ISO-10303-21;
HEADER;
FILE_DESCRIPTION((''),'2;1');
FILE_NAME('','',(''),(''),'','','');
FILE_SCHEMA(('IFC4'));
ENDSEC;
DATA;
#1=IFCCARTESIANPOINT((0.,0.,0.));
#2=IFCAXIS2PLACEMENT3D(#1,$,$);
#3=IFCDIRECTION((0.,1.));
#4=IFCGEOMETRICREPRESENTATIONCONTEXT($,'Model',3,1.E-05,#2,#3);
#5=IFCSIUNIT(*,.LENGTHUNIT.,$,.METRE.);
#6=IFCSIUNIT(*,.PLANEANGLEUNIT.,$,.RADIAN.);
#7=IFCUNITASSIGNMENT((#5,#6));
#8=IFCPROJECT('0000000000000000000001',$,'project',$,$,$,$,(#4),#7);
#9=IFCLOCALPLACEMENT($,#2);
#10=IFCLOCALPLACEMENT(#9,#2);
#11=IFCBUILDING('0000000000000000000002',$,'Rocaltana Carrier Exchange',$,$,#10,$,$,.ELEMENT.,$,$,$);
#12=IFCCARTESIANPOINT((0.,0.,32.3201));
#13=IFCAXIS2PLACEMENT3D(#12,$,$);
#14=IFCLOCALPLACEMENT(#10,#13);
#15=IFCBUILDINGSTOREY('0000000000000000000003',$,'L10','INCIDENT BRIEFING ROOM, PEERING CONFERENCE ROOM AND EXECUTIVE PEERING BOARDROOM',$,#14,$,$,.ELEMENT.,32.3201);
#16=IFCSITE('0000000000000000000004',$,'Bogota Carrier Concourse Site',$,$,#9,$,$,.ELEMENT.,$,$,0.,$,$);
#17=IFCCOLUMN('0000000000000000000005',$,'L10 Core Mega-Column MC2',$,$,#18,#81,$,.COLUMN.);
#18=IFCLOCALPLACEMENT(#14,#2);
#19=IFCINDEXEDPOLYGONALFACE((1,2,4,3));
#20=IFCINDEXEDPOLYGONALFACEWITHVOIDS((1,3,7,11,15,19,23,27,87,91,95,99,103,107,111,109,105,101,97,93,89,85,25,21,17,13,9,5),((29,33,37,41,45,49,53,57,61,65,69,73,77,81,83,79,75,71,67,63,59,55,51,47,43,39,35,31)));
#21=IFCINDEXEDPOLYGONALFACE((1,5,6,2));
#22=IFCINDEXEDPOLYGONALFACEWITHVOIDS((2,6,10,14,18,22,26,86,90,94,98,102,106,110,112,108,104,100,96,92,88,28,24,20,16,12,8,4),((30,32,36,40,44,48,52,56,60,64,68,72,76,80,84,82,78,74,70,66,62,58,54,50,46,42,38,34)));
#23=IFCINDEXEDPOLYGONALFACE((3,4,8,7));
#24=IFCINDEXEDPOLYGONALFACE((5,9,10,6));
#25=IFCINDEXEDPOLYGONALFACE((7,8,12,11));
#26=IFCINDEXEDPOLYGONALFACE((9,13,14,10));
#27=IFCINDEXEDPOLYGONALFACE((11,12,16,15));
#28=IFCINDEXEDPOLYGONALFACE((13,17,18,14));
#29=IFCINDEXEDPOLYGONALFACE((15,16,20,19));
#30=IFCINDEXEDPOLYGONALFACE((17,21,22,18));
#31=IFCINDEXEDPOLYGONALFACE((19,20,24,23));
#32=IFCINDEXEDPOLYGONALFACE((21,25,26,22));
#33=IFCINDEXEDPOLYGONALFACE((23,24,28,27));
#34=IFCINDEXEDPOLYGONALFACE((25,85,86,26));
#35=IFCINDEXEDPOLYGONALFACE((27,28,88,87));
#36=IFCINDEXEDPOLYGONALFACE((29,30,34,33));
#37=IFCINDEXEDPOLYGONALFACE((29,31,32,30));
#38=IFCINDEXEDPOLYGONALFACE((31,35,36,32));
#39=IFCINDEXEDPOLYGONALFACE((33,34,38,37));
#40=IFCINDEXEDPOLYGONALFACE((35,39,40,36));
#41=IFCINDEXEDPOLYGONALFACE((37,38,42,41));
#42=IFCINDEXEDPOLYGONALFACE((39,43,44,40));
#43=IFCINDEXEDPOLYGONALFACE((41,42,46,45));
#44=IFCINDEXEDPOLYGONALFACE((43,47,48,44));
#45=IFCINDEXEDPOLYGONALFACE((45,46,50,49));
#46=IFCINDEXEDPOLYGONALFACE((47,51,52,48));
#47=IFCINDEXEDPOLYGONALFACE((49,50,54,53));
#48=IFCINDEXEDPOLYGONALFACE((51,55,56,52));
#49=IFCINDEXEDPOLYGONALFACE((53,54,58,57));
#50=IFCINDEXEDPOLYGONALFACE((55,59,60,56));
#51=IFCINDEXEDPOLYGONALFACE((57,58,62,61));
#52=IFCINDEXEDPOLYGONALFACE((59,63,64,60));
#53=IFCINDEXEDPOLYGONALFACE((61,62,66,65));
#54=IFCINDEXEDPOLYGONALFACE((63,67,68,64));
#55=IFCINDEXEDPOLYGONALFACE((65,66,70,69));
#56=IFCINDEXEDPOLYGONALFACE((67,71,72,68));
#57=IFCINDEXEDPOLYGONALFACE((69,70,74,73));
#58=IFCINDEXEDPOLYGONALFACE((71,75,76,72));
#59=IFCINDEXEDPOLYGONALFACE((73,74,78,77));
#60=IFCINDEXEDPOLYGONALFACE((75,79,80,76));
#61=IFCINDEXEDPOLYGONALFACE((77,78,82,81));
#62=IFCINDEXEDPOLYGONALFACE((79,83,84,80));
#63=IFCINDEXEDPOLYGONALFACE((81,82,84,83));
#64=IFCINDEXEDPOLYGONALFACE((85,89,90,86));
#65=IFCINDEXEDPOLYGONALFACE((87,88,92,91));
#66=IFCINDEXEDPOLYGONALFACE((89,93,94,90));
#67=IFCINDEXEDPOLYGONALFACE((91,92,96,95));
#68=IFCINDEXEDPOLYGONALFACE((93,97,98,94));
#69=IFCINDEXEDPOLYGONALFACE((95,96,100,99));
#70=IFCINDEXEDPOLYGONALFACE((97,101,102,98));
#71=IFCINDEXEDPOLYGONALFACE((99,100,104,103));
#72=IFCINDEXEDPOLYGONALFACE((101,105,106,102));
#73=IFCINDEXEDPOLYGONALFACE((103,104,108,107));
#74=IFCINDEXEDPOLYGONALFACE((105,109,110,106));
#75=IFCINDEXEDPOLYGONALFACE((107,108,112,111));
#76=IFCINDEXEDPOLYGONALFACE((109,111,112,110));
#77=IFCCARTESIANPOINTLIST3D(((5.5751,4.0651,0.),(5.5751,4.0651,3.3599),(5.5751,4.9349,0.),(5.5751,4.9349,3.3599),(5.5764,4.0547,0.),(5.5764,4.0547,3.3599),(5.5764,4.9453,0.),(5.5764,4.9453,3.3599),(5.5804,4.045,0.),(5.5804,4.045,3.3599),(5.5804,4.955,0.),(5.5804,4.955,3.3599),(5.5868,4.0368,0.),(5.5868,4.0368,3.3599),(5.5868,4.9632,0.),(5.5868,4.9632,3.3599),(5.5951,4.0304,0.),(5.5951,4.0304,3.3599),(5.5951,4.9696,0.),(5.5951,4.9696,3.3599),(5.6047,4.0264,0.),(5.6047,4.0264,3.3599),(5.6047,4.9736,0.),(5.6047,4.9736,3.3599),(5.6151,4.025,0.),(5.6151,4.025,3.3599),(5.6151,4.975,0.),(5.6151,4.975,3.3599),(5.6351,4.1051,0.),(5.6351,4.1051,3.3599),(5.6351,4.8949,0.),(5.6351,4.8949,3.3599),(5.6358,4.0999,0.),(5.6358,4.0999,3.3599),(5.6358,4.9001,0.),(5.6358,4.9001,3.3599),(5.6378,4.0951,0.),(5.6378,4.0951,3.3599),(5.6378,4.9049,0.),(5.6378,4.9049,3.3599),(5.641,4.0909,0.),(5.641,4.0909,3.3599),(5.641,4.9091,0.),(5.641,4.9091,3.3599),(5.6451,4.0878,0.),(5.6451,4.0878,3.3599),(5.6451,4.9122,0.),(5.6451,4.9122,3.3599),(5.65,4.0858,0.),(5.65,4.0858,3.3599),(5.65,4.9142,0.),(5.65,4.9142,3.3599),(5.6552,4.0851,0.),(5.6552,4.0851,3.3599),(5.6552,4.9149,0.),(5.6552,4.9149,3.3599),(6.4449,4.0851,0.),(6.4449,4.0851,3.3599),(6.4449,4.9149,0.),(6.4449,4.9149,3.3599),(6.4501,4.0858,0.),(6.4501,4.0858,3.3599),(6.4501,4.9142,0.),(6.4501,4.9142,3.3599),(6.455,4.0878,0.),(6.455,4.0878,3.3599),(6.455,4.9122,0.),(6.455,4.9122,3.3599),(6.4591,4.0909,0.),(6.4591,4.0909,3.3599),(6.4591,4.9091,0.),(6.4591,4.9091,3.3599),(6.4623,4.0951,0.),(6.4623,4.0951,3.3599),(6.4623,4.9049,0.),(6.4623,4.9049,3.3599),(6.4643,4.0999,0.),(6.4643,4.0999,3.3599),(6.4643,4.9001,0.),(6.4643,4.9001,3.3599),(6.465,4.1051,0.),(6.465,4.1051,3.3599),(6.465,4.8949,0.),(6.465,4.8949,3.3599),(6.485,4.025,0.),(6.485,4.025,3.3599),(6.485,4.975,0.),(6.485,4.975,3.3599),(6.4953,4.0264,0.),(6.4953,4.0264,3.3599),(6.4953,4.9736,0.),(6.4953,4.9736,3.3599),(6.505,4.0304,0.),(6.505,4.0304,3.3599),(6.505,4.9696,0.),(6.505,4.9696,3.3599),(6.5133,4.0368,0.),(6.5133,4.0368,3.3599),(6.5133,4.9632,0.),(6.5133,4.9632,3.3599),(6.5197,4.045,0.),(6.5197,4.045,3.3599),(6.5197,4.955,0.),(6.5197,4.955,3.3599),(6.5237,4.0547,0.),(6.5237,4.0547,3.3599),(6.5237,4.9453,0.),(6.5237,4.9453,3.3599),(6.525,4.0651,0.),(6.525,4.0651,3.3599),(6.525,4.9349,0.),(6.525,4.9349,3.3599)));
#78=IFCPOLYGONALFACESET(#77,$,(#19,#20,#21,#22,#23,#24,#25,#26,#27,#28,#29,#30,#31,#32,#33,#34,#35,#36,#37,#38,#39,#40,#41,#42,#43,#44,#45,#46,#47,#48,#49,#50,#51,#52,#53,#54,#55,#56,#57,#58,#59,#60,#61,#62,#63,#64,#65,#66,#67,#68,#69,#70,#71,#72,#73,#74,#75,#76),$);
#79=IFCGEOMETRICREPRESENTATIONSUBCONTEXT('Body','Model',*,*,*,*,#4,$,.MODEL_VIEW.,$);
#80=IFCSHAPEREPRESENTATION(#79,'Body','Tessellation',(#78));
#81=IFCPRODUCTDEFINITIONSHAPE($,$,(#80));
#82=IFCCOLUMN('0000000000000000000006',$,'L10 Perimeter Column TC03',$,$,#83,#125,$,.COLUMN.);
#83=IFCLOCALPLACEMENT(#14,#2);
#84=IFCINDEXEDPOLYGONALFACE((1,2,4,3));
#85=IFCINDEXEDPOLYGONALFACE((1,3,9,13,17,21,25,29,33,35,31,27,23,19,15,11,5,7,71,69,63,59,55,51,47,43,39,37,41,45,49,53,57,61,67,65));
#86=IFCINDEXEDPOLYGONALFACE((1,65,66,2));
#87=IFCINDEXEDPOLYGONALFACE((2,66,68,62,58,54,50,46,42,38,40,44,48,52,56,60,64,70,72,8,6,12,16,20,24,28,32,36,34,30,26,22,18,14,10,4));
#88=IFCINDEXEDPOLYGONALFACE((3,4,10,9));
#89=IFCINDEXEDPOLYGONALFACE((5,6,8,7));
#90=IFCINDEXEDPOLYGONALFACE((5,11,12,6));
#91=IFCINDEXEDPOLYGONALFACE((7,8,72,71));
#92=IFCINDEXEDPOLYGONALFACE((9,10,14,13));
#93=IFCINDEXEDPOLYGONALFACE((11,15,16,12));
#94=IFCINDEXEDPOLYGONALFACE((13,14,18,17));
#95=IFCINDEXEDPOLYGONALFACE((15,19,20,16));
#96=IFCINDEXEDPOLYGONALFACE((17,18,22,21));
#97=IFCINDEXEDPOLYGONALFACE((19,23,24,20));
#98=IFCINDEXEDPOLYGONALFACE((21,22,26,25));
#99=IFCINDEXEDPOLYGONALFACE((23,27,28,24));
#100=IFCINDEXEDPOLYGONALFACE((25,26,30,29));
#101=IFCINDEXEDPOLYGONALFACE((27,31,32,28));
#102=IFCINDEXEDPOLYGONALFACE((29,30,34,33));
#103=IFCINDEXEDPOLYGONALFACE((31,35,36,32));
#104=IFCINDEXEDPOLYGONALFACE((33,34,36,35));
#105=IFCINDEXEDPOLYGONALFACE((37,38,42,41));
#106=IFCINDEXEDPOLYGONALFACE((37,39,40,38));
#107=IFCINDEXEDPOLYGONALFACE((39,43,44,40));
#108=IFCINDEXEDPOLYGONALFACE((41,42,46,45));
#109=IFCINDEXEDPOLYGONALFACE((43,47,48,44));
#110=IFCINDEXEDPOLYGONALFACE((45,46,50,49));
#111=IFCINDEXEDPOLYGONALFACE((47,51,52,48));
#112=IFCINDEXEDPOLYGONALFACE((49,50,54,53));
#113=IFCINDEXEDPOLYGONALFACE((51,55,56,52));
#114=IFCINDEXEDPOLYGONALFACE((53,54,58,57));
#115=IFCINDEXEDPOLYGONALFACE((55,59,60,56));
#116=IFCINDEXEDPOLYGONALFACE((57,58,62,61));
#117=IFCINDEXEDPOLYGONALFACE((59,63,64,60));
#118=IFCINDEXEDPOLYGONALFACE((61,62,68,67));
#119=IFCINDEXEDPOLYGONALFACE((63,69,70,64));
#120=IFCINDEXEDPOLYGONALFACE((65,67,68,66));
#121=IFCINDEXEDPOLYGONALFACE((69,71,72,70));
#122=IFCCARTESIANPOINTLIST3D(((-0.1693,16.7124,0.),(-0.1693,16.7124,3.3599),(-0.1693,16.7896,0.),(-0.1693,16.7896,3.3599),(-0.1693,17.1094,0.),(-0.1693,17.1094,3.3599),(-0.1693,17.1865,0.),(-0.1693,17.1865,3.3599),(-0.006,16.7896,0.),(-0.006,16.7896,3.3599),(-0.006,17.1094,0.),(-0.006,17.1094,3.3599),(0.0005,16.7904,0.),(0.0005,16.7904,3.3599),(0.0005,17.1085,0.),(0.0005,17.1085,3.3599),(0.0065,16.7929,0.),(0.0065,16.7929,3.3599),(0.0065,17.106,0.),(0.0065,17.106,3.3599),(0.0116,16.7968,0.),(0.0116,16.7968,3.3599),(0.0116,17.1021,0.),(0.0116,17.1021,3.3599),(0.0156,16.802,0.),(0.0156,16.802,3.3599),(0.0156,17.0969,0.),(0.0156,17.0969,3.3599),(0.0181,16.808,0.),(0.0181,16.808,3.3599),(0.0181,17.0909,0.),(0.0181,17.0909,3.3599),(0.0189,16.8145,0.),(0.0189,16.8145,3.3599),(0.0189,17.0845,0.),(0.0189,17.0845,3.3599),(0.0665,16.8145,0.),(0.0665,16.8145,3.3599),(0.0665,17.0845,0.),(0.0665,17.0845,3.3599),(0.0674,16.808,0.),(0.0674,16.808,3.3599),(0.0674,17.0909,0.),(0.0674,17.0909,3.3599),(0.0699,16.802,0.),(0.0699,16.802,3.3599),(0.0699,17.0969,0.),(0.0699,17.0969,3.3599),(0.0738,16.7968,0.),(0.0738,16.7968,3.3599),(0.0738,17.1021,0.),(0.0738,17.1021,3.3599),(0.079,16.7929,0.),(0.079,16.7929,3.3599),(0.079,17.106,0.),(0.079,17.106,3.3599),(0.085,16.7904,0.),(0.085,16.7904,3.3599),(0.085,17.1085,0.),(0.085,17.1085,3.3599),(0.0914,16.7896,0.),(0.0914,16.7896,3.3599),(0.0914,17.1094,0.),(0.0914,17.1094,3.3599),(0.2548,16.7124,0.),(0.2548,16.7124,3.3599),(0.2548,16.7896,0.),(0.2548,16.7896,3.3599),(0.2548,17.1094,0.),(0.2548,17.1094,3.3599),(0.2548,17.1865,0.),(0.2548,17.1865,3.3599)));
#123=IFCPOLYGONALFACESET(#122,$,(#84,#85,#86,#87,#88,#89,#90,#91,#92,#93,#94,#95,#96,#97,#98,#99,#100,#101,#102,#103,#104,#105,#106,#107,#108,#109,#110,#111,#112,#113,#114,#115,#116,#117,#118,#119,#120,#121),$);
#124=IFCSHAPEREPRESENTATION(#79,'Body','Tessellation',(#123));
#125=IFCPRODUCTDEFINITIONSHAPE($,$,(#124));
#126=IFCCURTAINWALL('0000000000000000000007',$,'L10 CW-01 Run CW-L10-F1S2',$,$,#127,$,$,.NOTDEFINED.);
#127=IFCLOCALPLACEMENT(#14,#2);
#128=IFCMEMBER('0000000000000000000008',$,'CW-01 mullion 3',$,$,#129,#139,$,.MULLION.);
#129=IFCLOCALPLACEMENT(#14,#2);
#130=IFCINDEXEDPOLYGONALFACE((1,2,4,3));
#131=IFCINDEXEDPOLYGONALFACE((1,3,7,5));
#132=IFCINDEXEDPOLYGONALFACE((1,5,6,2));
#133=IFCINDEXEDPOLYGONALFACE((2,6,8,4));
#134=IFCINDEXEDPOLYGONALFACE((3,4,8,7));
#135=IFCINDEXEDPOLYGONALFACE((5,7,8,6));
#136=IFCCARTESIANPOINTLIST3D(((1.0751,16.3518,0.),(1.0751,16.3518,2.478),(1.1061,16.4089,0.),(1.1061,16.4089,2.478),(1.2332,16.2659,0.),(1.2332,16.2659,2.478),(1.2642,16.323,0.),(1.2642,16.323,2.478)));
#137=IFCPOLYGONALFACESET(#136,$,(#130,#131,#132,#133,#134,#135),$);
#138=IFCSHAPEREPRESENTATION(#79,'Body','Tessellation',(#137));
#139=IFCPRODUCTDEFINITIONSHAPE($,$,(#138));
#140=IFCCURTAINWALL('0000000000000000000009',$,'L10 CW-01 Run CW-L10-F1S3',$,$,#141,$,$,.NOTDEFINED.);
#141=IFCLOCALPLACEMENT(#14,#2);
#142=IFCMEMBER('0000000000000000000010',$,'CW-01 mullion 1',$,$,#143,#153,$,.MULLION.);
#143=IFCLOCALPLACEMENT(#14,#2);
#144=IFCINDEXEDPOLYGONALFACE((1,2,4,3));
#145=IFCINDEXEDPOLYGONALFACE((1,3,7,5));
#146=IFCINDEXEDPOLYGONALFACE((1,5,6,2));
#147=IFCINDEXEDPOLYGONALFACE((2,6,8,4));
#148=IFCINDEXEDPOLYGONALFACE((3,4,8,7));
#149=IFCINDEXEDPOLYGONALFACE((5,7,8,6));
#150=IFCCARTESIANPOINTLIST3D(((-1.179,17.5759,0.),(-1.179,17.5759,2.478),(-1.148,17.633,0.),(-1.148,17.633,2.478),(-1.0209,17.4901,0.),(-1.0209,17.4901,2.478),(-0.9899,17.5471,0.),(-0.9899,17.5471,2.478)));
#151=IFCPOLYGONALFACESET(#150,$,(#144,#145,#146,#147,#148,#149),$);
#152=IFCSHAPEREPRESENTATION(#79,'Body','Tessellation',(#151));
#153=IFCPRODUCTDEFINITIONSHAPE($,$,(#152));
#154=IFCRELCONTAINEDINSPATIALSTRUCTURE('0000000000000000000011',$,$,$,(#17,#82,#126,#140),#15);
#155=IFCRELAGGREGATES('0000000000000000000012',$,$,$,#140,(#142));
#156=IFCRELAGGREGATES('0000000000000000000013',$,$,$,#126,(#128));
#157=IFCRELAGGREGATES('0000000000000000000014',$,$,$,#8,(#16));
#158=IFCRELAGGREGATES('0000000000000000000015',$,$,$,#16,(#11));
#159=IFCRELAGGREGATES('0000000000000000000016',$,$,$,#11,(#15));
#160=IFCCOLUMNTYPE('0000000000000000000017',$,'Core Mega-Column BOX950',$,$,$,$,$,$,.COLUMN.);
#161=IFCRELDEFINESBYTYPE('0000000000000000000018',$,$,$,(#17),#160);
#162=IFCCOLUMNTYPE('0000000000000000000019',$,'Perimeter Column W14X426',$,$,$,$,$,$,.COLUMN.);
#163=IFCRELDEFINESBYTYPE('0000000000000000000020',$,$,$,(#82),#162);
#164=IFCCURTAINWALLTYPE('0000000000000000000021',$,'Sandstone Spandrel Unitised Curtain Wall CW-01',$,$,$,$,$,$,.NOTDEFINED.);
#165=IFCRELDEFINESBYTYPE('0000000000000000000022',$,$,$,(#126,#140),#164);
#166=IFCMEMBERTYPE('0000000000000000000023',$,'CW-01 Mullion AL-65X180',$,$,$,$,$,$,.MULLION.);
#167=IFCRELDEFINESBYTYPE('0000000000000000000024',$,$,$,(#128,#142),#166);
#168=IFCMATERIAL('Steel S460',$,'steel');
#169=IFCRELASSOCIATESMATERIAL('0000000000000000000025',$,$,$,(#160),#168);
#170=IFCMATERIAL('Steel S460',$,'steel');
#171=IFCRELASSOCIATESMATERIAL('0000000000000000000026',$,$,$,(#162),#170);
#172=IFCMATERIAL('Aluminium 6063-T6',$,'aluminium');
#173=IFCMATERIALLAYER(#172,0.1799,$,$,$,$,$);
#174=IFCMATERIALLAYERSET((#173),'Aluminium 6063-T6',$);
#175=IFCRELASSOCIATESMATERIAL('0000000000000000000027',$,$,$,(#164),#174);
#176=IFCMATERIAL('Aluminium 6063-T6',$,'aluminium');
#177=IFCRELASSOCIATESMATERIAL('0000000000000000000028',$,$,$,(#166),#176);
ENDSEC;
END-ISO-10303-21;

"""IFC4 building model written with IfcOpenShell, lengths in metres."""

from ifc_helpers import new_model, si_unit, direction, frame, origin, origin_2d, place, context, subcontext, project, spatial, rectangle, hollow_rectangle, i_section, extrude, material, layer, layer_set, material_profile, profile_set, type_object, element, aggregate, save


model = new_model("IFC4")

# Units and contexts
model_context = context("Model", 3, precision=1e-05, world=origin(), true_north=direction((0.0, 1.0)))
body_context = subcontext(model_context, "Body", "Model", "MODEL_VIEW")
ifc_project = project(units=[si_unit("LENGTHUNIT", "METRE"), si_unit("PLANEANGLEUNIT", "RADIAN")], contexts=[model_context])

# Site, building, storey
site_placement = place(None, origin())
site = spatial("IfcSite", under=ifc_project, at=site_placement, Name="Bogota Carrier Concourse Site", CompositionType="ELEMENT", RefElevation=0.0)
building_placement = place(site_placement, origin())
building = spatial("IfcBuilding", under=site, at=building_placement, Name="Rocaltana Carrier Exchange", CompositionType="ELEMENT")
storey_placement = place(building_placement, frame((0.0, 0.0, 32.3201)))
storey = spatial("IfcBuildingStorey", under=building, at=storey_placement, Name="L10", Description="INCIDENT BRIEFING ROOM, PEERING CONFERENCE ROOM AND EXECUTIVE PEERING BOARDROOM", CompositionType="ELEMENT", Elevation=32.3201)

# Columns
ifc_material_1 = material(Name="Steel S460", Category="steel")
ifc_material_profile_1 = material_profile(ifc_material_1, hollow_rectangle(XDim=0.95, YDim=0.95, WallThickness=0.0601, InnerFilletRadius=0.02, OuterFilletRadius=0.04, at=origin_2d()), Name="BOX950X950X60")
ifc_profile_set_1 = profile_set([ifc_material_profile_1], Name="Steel S460")
column_type_1 = type_object("IfcColumnType", Name="Core Mega-Column BOX950", PredefinedType="COLUMN", material=ifc_profile_set_1)
column_1_placement = place(storey_placement, frame((6.05, 4.5, 0.0), z_axis=(0.0, 0.0, 1.0), x_axis=(1.0, 0.0, 0.0)))
element("IfcColumn", 1, at=column_1_placement, inside=storey, type_object=column_type_1, Name="L10 Core Mega-Column MC2", PredefinedType="COLUMN", context=body_context, shape_type="SweptSolid", body=[
    extrude(hollow_rectangle(XDim=0.95, YDim=0.95, WallThickness=0.0601, InnerFilletRadius=0.02, OuterFilletRadius=0.04, at=origin_2d()), origin(), (0.0, 0.0, 1.0), 3.3599),
])
ifc_material_2 = material(Name="Steel S460", Category="steel")
ifc_material_profile_2 = material_profile(ifc_material_2, i_section(OverallWidth=0.4241, OverallDepth=0.4741, WebThickness=0.0476, FlangeThickness=0.0771, FilletRadius=0.0249, at=origin_2d()), Name="W14X426")
ifc_profile_set_2 = profile_set([ifc_material_profile_2], Name="Steel S460")
column_type_2 = type_object("IfcColumnType", Name="Perimeter Column W14X426", PredefinedType="COLUMN", material=ifc_profile_set_2)
column_2_placement = place(storey_placement, frame((0.0427, 16.9495, 0.0), z_axis=(0.0, 0.0, 1.0), x_axis=(1.0, 0.0, 0.0)))
element("IfcColumn", 2, at=column_2_placement, inside=storey, type_object=column_type_2, Name="L10 Perimeter Column TC03", PredefinedType="COLUMN", context=body_context, shape_type="SweptSolid", body=[
    extrude(i_section(OverallWidth=0.4241, OverallDepth=0.4741, WebThickness=0.0476, FlangeThickness=0.0771, FilletRadius=0.0249, at=origin_2d()), origin(), (0.0, 0.0, 1.0), 3.3599),
])

# Curtain walls, members
ifc_material_3 = material(Name="Aluminium 6063-T6", Category="aluminium")
ifc_layer_1 = layer(ifc_material_3, 0.1799)
ifc_layer_set_1 = layer_set([ifc_layer_1], Name="Aluminium 6063-T6")
curtain_wall_type = type_object("IfcCurtainWallType", Name="Sandstone Spandrel Unitised Curtain Wall CW-01", PredefinedType="NOTDEFINED", material=ifc_layer_set_1)
curtain_wall_1_placement = place(storey_placement, origin())
curtain_wall_1 = element("IfcCurtainWall", 3, at=curtain_wall_1_placement, inside=storey, type_object=curtain_wall_type, Name="L10 CW-01 Run CW-L10-F1S2", PredefinedType="NOTDEFINED")
ifc_material_4 = material(Name="Aluminium 6063-T6", Category="aluminium")
ifc_material_profile_3 = material_profile(ifc_material_4, rectangle(XDim=0.0649, YDim=0.1799, at=origin_2d()), Name="AL-65X180")
ifc_profile_set_3 = profile_set([ifc_material_profile_3], Name="Aluminium 6063-T6")
member_type = type_object("IfcMemberType", Name="CW-01 Mullion AL-65X180", PredefinedType="MULLION", material=ifc_profile_set_3)
member_1_placement = place(storey_placement, frame((1.1697, 16.3374, 0.0), z_axis=(0.0, 0.0, 1.0), x_axis=(-0.477164, -0.878814, 0.0)))
member_1 = element("IfcMember", 4, at=member_1_placement, type_object=member_type, Name="CW-01 mullion 3", PredefinedType="MULLION", context=body_context, shape_type="SweptSolid", body=[
    extrude(rectangle(XDim=0.0649, YDim=0.1799, at=origin_2d()), origin(), (0.0, 0.0, 1.0), 2.478),
])
curtain_wall_2_placement = place(storey_placement, origin())
curtain_wall_2 = element("IfcCurtainWall", 5, at=curtain_wall_2_placement, inside=storey, type_object=curtain_wall_type, Name="L10 CW-01 Run CW-L10-F1S3", PredefinedType="NOTDEFINED")
member_2_placement = place(storey_placement, frame((-1.0845, 17.5615, 0.0), z_axis=(0.0, 0.0, 1.0), x_axis=(-0.477156, -0.878819, 0.0)))
member_2 = element("IfcMember", 6, at=member_2_placement, type_object=member_type, Name="CW-01 mullion 1", PredefinedType="MULLION", context=body_context, shape_type="SweptSolid", body=[
    extrude(rectangle(XDim=0.0649, YDim=0.1799, at=origin_2d()), origin(), (0.0, 0.0, 1.0), 2.478),
])
aggregate(curtain_wall_2, [member_2])

aggregate(curtain_wall_1, [member_1])

save(model, "model.ifc")
